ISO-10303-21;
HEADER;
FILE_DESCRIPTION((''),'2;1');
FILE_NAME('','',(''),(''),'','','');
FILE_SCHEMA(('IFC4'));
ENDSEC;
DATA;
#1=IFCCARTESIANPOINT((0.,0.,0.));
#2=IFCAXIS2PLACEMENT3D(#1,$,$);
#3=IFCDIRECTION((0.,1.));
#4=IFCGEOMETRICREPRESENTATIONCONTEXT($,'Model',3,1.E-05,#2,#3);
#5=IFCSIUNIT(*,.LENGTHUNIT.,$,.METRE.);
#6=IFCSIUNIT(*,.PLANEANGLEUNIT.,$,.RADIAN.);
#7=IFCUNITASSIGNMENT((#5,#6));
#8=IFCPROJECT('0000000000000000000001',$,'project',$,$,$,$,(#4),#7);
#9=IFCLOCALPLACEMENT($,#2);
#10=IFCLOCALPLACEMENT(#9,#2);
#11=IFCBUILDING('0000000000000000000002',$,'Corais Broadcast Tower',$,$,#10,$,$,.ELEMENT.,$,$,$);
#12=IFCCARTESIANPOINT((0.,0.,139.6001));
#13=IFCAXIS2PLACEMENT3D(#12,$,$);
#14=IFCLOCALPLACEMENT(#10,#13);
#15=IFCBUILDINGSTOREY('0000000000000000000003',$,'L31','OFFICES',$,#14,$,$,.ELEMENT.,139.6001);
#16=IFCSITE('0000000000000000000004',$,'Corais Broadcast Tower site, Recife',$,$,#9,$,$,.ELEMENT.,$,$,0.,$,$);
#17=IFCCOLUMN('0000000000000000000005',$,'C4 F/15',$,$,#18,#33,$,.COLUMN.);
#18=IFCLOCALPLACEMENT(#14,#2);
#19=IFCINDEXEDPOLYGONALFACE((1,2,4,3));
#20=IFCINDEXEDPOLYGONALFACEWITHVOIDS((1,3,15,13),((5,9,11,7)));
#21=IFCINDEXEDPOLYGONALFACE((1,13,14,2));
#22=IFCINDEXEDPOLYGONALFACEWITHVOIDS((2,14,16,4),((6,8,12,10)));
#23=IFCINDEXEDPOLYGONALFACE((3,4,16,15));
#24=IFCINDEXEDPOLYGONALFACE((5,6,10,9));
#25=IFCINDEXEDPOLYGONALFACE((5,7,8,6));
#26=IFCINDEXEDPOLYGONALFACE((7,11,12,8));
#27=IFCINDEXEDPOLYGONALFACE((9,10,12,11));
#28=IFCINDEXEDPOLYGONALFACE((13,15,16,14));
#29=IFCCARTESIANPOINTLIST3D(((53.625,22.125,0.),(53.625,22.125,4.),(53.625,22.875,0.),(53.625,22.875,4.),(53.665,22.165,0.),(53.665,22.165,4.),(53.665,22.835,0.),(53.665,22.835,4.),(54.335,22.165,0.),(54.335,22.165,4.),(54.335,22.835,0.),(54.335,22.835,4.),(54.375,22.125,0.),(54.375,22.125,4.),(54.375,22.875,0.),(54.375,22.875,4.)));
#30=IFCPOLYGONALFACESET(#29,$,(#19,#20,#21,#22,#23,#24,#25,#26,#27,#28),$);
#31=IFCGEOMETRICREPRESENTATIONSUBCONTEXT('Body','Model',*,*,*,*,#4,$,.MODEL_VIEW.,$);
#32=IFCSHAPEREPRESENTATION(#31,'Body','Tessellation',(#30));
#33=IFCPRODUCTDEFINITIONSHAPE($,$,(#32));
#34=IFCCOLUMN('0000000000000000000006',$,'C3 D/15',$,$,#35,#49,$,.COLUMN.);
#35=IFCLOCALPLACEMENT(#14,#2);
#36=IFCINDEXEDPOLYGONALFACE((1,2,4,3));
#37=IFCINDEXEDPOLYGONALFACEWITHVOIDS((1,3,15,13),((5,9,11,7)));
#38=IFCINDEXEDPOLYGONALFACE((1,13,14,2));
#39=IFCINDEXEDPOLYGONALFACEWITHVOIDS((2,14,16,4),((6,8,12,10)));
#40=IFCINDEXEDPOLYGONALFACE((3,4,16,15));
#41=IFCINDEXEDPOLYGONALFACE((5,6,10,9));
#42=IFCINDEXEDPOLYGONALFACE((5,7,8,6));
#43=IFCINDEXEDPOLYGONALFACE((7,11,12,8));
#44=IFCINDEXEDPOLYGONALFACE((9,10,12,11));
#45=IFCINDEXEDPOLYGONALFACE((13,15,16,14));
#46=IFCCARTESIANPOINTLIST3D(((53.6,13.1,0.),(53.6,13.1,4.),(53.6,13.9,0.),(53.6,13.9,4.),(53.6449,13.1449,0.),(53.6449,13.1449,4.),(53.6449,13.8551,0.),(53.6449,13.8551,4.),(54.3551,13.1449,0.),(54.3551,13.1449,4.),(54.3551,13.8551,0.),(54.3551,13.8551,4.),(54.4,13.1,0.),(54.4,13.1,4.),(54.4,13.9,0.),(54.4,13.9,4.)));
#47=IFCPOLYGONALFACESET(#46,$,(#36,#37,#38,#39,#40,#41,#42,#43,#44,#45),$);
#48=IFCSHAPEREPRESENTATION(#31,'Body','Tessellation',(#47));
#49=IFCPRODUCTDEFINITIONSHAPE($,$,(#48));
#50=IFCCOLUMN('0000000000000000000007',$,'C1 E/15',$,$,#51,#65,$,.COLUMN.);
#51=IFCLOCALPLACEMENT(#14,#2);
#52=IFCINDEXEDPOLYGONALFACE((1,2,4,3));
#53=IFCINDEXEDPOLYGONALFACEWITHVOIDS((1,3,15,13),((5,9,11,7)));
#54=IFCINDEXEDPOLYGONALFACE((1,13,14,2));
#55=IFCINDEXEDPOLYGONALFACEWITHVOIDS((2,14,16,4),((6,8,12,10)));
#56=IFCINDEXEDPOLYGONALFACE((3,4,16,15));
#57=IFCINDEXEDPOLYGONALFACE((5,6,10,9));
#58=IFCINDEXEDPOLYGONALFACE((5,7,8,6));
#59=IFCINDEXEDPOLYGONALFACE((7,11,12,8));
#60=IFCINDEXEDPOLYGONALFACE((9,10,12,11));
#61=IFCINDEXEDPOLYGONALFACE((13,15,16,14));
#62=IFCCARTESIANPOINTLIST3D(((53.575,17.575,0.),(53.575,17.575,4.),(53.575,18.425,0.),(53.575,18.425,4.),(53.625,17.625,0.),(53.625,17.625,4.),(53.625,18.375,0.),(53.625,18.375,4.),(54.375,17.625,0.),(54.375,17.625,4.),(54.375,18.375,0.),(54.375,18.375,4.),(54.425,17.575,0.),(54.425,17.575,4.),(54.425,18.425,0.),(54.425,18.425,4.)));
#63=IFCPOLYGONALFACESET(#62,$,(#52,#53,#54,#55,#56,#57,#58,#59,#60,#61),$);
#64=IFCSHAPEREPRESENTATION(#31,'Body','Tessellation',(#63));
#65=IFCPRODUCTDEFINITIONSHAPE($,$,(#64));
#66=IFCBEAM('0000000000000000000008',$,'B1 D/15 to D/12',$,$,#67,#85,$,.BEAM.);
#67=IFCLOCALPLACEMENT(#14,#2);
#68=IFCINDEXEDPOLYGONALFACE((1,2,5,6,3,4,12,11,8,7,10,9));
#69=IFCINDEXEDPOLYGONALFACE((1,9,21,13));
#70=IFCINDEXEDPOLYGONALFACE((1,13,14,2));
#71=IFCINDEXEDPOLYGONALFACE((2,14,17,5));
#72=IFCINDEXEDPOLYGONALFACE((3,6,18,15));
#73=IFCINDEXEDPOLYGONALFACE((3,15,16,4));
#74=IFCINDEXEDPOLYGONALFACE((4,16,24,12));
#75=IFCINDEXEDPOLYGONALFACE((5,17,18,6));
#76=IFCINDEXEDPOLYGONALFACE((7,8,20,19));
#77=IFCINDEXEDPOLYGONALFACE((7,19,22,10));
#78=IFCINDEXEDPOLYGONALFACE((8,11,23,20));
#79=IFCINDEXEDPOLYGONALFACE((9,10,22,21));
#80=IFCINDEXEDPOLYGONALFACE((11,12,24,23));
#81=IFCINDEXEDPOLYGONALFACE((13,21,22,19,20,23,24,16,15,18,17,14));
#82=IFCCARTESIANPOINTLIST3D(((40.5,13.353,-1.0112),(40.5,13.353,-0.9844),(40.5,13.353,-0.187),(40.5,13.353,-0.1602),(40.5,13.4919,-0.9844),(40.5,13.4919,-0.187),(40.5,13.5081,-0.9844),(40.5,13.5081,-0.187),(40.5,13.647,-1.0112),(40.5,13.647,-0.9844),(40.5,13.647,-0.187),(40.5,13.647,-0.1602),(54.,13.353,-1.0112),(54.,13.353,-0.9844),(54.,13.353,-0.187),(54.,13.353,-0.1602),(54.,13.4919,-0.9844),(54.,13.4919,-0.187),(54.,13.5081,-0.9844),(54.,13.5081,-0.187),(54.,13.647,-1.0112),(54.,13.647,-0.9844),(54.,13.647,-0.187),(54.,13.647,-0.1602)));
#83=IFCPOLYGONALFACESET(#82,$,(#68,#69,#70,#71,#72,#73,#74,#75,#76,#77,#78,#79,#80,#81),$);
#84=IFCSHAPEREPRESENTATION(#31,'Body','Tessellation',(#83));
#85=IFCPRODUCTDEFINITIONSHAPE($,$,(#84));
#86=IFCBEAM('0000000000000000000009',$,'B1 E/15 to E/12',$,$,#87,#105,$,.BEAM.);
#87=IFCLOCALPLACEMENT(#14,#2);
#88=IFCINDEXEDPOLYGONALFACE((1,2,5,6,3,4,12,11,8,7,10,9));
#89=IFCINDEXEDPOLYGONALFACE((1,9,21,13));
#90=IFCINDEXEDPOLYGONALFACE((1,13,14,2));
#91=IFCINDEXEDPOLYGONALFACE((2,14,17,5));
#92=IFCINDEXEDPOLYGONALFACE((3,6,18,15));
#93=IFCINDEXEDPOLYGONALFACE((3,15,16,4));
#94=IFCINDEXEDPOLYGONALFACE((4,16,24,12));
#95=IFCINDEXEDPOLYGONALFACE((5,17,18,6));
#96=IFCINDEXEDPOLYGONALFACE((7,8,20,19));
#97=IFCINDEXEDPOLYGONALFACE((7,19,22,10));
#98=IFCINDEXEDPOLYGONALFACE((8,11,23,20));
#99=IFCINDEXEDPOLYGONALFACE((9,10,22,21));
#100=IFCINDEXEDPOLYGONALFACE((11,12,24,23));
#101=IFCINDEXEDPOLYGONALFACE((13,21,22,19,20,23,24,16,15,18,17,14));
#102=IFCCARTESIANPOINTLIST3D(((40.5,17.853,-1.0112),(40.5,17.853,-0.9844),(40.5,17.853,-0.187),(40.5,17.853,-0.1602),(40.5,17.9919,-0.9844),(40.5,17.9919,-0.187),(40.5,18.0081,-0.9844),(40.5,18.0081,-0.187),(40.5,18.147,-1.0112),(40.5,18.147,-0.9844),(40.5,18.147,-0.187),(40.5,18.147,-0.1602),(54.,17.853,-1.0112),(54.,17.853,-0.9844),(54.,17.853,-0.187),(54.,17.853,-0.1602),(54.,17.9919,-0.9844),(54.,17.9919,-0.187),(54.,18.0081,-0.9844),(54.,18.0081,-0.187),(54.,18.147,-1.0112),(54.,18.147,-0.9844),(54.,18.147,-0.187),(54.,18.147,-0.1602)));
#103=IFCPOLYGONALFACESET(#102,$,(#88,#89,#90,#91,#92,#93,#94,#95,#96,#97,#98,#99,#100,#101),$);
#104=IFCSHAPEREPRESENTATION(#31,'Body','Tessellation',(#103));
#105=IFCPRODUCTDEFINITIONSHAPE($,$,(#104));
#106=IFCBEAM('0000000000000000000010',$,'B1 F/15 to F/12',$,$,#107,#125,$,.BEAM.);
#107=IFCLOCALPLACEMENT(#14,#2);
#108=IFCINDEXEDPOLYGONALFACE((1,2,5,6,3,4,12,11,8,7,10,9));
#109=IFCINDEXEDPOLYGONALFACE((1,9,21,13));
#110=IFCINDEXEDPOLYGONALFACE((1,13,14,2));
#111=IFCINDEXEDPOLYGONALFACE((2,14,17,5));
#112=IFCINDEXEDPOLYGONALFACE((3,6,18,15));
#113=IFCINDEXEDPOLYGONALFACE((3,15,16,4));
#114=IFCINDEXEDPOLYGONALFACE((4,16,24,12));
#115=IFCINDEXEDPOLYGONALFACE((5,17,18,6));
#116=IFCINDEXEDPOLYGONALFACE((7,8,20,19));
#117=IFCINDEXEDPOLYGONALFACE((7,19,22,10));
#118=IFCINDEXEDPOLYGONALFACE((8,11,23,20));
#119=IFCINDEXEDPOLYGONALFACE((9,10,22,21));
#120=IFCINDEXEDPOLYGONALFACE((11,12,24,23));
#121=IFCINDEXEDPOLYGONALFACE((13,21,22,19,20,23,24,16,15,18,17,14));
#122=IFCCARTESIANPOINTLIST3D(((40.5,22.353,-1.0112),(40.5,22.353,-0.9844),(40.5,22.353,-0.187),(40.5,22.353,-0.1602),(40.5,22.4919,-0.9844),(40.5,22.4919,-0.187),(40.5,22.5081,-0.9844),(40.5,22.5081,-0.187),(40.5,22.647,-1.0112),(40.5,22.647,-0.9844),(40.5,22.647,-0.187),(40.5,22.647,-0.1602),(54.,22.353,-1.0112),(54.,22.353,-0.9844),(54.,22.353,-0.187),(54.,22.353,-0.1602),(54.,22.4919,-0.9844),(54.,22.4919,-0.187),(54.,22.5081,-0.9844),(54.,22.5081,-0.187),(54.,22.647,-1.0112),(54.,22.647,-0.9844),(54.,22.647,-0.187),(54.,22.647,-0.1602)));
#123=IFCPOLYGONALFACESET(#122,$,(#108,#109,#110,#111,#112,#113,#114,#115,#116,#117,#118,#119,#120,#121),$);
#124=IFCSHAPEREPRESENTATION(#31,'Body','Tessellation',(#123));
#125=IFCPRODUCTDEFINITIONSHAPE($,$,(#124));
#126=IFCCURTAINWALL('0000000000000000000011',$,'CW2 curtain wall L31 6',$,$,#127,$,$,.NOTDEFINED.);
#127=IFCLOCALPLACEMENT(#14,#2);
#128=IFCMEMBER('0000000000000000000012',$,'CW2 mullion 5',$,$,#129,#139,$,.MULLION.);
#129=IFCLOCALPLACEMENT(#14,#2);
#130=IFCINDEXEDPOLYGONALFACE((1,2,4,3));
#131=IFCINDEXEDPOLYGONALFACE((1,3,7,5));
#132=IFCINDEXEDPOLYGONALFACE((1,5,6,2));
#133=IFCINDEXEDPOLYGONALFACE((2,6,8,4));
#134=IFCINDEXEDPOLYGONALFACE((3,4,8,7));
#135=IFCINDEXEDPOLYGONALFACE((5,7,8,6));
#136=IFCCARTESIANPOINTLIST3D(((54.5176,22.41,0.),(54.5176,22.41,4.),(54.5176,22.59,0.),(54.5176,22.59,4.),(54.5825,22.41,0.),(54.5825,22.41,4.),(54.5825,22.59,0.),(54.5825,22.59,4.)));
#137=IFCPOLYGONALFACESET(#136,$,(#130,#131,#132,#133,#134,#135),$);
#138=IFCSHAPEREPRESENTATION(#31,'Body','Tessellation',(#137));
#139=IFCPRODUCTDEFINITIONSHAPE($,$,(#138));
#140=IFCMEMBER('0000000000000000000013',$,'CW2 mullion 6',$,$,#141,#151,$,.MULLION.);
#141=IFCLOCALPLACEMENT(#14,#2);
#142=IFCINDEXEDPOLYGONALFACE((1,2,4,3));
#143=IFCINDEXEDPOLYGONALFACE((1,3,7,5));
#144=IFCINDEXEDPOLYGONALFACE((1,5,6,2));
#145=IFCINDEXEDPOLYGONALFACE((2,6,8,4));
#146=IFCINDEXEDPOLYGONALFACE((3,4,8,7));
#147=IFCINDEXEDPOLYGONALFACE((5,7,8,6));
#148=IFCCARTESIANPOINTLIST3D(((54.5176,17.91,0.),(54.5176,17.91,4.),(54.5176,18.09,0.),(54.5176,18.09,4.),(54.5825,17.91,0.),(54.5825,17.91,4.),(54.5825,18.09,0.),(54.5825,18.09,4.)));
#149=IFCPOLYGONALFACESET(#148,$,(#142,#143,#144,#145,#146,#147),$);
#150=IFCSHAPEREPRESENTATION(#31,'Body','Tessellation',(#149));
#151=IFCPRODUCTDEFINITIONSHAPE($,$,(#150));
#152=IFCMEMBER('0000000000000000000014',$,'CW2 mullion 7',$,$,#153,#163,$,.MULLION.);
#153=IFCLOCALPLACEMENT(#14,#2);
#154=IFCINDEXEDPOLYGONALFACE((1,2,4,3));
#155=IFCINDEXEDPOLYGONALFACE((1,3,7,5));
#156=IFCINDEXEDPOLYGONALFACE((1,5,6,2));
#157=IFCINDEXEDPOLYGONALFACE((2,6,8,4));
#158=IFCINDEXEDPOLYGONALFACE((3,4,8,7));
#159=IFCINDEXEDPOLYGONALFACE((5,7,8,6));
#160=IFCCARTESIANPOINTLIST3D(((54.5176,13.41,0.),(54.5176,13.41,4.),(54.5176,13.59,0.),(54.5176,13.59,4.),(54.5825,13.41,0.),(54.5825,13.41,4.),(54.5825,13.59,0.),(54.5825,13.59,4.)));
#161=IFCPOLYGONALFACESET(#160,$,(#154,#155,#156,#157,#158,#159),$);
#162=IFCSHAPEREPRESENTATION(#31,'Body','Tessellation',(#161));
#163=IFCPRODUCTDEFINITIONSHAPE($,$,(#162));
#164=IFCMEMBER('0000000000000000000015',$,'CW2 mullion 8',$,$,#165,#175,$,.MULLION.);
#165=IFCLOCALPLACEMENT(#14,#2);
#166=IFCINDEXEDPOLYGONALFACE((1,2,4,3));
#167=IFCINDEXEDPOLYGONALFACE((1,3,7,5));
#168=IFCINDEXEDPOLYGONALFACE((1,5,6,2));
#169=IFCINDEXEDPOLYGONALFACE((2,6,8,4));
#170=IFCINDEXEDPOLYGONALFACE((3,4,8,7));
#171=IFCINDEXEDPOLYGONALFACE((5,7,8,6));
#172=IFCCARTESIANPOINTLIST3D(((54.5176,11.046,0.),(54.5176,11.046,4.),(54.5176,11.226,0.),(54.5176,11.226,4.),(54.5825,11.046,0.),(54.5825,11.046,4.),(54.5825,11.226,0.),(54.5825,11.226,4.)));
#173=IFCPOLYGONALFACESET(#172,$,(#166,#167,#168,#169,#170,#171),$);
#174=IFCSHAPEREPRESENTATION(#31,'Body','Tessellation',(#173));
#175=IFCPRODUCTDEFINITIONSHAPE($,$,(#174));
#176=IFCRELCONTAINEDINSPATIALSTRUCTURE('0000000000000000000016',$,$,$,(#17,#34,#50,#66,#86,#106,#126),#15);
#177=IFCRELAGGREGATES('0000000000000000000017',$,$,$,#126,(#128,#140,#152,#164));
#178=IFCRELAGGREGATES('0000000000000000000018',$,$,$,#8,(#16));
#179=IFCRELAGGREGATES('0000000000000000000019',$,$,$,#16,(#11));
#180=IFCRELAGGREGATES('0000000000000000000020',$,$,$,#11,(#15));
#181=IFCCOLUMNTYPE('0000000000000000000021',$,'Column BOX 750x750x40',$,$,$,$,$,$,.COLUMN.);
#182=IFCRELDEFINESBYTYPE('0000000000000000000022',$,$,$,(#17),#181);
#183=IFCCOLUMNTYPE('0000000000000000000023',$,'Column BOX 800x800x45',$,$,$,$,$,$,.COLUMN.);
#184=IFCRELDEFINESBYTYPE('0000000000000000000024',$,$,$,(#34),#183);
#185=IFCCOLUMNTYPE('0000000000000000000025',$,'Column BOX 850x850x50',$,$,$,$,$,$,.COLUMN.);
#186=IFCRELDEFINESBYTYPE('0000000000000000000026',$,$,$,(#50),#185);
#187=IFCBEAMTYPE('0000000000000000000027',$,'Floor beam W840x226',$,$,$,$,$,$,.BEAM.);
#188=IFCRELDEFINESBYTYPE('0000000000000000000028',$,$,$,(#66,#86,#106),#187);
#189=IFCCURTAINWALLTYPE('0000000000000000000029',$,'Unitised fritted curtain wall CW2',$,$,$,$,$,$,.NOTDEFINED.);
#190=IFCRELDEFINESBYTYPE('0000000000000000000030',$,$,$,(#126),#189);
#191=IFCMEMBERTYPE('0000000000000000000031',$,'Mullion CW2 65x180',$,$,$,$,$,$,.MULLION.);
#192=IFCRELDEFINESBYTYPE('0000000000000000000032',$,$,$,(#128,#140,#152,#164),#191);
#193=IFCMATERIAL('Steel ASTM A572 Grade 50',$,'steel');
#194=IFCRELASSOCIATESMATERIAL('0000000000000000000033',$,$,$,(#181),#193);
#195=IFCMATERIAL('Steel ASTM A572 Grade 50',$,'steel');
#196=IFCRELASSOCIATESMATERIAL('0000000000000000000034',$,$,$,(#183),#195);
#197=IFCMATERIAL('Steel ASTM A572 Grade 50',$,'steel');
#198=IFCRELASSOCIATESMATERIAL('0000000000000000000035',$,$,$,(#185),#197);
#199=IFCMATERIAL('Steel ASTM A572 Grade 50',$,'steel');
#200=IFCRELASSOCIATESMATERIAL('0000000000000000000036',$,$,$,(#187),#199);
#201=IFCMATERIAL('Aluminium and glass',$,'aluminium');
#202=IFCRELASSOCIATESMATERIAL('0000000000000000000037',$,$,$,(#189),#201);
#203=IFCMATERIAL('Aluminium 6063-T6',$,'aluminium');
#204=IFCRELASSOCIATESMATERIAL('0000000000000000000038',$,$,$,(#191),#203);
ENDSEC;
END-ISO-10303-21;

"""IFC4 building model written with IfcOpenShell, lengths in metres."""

from ifc_helpers import new_model, si_unit, direction, frame, origin, origin_2d, place, context, subcontext, project, spatial, rectangle, hollow_rectangle, i_section, extrude, material, material_profile, profile_set, type_object, element, aggregate, save


model = new_model("IFC4")

# Units and contexts
model_context = context("Model", 3, precision=1e-05, world=origin(), true_north=direction((0.0, 1.0)))
body_context = subcontext(model_context, "Body", "Model", "MODEL_VIEW")
ifc_project = project(units=[si_unit("LENGTHUNIT", "METRE"), si_unit("PLANEANGLEUNIT", "RADIAN")], contexts=[model_context])

# Site, building, storey
site_placement = place(None, origin())
site = spatial("IfcSite", under=ifc_project, at=site_placement, Name="Corais Broadcast Tower site, Recife", CompositionType="ELEMENT", RefElevation=0.0)
building_placement = place(site_placement, origin())
building = spatial("IfcBuilding", under=site, at=building_placement, Name="Corais Broadcast Tower", CompositionType="ELEMENT")
storey_placement = place(building_placement, frame((0.0, 0.0, 139.6001)))
storey = spatial("IfcBuildingStorey", under=building, at=storey_placement, Name="L31", Description="OFFICES", CompositionType="ELEMENT", Elevation=139.6001)

# Columns
ifc_material_1 = material(Name="Steel ASTM A572 Grade 50", Category="steel")
ifc_material_profile_1 = material_profile(ifc_material_1, hollow_rectangle(XDim=0.75, YDim=0.75, WallThickness=0.04, at=origin_2d()), Name="BOX 750x750x40")
ifc_profile_set_1 = profile_set([ifc_material_profile_1], Name="Steel ASTM A572 Grade 50")
column_type_1 = type_object("IfcColumnType", Name="Column BOX 750x750x40", PredefinedType="COLUMN", material=ifc_profile_set_1)
column_1_placement = place(storey_placement, frame((54.0, 22.5, 0.0), z_axis=(0.0, 0.0, 1.0), x_axis=(1.0, 0.0, 0.0)))
element("IfcColumn", 1, at=column_1_placement, inside=storey, type_object=column_type_1, Name="C4 F/15", PredefinedType="COLUMN", context=body_context, shape_type="SweptSolid", body=[
    extrude(hollow_rectangle(XDim=0.75, YDim=0.75, WallThickness=0.04, at=origin_2d()), origin(), (0.0, 0.0, 1.0), 4.0),
])
ifc_material_2 = material(Name="Steel ASTM A572 Grade 50", Category="steel")
ifc_material_profile_2 = material_profile(ifc_material_2, hollow_rectangle(XDim=0.8, YDim=0.8, WallThickness=0.0449, at=origin_2d()), Name="BOX 800x800x45")
ifc_profile_set_2 = profile_set([ifc_material_profile_2], Name="Steel ASTM A572 Grade 50")
column_type_2 = type_object("IfcColumnType", Name="Column BOX 800x800x45", PredefinedType="COLUMN", material=ifc_profile_set_2)
column_2_placement = place(storey_placement, frame((54.0, 13.5, 0.0), z_axis=(0.0, 0.0, 1.0), x_axis=(1.0, 0.0, 0.0)))
element("IfcColumn", 2, at=column_2_placement, inside=storey, type_object=column_type_2, Name="C3 D/15", PredefinedType="COLUMN", context=body_context, shape_type="SweptSolid", body=[
    extrude(hollow_rectangle(XDim=0.8, YDim=0.8, WallThickness=0.0449, at=origin_2d()), origin(), (0.0, 0.0, 1.0), 4.0),
])
ifc_material_3 = material(Name="Steel ASTM A572 Grade 50", Category="steel")
ifc_material_profile_3 = material_profile(ifc_material_3, hollow_rectangle(XDim=0.8501, YDim=0.8501, WallThickness=0.05, at=origin_2d()), Name="BOX 850x850x50")
ifc_profile_set_3 = profile_set([ifc_material_profile_3], Name="Steel ASTM A572 Grade 50")
column_type_3 = type_object("IfcColumnType", Name="Column BOX 850x850x50", PredefinedType="COLUMN", material=ifc_profile_set_3)
column_3_placement = place(storey_placement, frame((54.0, 18.0, 0.0), z_axis=(0.0, 0.0, 1.0), x_axis=(1.0, 0.0, 0.0)))
element("IfcColumn", 3, at=column_3_placement, inside=storey, type_object=column_type_3, Name="C1 E/15", PredefinedType="COLUMN", context=body_context, shape_type="SweptSolid", body=[
    extrude(hollow_rectangle(XDim=0.8501, YDim=0.8501, WallThickness=0.05, at=origin_2d()), origin(), (0.0, 0.0, 1.0), 4.0),
])

# Beams
ifc_material_4 = material(Name="Steel ASTM A572 Grade 50", Category="steel")
ifc_material_profile_4 = material_profile(ifc_material_4, i_section(OverallWidth=0.2939, OverallDepth=0.8511, WebThickness=0.0161, FlangeThickness=0.0269, at=origin_2d()), Name="W840x226")
ifc_profile_set_4 = profile_set([ifc_material_profile_4], Name="Steel ASTM A572 Grade 50")
beam_type_1 = type_object("IfcBeamType", Name="Floor beam W840x226", PredefinedType="BEAM", material=ifc_profile_set_4)
for number, where, z_axis, x_axis, name in (
    (4, (54.0, 13.5, -0.5857), (-1.0, 0.0, 0.0), (0.0, -1.0, 0.0), "B1 D/15 to D/12"),
    (5, (54.0, 18.0, -0.5857), (-1.0, 0.0, 0.0), (0.0, -1.0, 0.0), "B1 E/15 to E/12"),
    (6, (54.0, 22.5, -0.5857), (-1.0, 0.0, 0.0), (0.0, -1.0, 0.0), "B1 F/15 to F/12"),
):
    element("IfcBeam", number, at=place(storey_placement, frame(where, z_axis=z_axis, x_axis=x_axis)), inside=storey, type_object=beam_type_1, Name=name, PredefinedType="BEAM", context=body_context, shape_type="SweptSolid", body=[
        extrude(i_section(OverallWidth=0.2939, OverallDepth=0.8511, WebThickness=0.0161, FlangeThickness=0.0269, at=origin_2d()), origin(), (0.0, 0.0, 1.0), 13.5),
    ])

# Curtain wall, members
ifc_material_5 = material(Name="Aluminium and glass", Category="aluminium")
curtain_wall_type = type_object("IfcCurtainWallType", Name="Unitised fritted curtain wall CW2", PredefinedType="NOTDEFINED", material=ifc_material_5)
curtain_wall_placement = place(storey_placement, origin())
curtain_wall = element("IfcCurtainWall", 7, at=curtain_wall_placement, inside=storey, type_object=curtain_wall_type, Name="CW2 curtain wall L31 6", PredefinedType="NOTDEFINED")
ifc_material_6 = material(Name="Aluminium 6063-T6", Category="aluminium")
ifc_material_profile_5 = material_profile(ifc_material_6, rectangle(XDim=0.0649, YDim=0.1799, at=origin_2d()), Name="Mullion CW2 65x180")
ifc_profile_set_5 = profile_set([ifc_material_profile_5], Name="Aluminium 6063-T6")
member_type_1 = type_object("IfcMemberType", Name="Mullion CW2 65x180", PredefinedType="MULLION", material=ifc_profile_set_5)
member_1_placement = place(storey_placement, frame((54.55, 22.5, 0.0), z_axis=(0.0, 0.0, 1.0), x_axis=(1.0, 0.0, 0.0)))
member_1 = element("IfcMember", 8, at=member_1_placement, type_object=member_type_1, Name="CW2 mullion 5", PredefinedType="MULLION", context=body_context, shape_type="SweptSolid", body=[
    extrude(rectangle(XDim=0.0649, YDim=0.1799, at=origin_2d()), origin(), (0.0, 0.0, 1.0), 4.0),
])
member_2_placement = place(storey_placement, frame((54.55, 18.0, 0.0), z_axis=(0.0, 0.0, 1.0), x_axis=(1.0, 0.0, 0.0)))
member_2 = element("IfcMember", 9, at=member_2_placement, type_object=member_type_1, Name="CW2 mullion 6", PredefinedType="MULLION", context=body_context, shape_type="SweptSolid", body=[
    extrude(rectangle(XDim=0.0649, YDim=0.1799, at=origin_2d()), origin(), (0.0, 0.0, 1.0), 4.0),
])
member_3_placement = place(storey_placement, frame((54.55, 13.5, 0.0), z_axis=(0.0, 0.0, 1.0), x_axis=(1.0, 0.0, 0.0)))
member_3 = element("IfcMember", 10, at=member_3_placement, type_object=member_type_1, Name="CW2 mullion 7", PredefinedType="MULLION", context=body_context, shape_type="SweptSolid", body=[
    extrude(rectangle(XDim=0.0649, YDim=0.1799, at=origin_2d()), origin(), (0.0, 0.0, 1.0), 4.0),
])
member_4_placement = place(storey_placement, frame((54.55, 11.136, 0.0), z_axis=(0.0, 0.0, 1.0), x_axis=(1.0, 0.0, 0.0)))
member_4 = element("IfcMember", 11, at=member_4_placement, type_object=member_type_1, Name="CW2 mullion 8", PredefinedType="MULLION", context=body_context, shape_type="SweptSolid", body=[
    extrude(rectangle(XDim=0.0649, YDim=0.1799, at=origin_2d()), origin(), (0.0, 0.0, 1.0), 4.0),
])

aggregate(curtain_wall, [member_1, member_2, member_3, member_4])

save(model, "model.ifc")
